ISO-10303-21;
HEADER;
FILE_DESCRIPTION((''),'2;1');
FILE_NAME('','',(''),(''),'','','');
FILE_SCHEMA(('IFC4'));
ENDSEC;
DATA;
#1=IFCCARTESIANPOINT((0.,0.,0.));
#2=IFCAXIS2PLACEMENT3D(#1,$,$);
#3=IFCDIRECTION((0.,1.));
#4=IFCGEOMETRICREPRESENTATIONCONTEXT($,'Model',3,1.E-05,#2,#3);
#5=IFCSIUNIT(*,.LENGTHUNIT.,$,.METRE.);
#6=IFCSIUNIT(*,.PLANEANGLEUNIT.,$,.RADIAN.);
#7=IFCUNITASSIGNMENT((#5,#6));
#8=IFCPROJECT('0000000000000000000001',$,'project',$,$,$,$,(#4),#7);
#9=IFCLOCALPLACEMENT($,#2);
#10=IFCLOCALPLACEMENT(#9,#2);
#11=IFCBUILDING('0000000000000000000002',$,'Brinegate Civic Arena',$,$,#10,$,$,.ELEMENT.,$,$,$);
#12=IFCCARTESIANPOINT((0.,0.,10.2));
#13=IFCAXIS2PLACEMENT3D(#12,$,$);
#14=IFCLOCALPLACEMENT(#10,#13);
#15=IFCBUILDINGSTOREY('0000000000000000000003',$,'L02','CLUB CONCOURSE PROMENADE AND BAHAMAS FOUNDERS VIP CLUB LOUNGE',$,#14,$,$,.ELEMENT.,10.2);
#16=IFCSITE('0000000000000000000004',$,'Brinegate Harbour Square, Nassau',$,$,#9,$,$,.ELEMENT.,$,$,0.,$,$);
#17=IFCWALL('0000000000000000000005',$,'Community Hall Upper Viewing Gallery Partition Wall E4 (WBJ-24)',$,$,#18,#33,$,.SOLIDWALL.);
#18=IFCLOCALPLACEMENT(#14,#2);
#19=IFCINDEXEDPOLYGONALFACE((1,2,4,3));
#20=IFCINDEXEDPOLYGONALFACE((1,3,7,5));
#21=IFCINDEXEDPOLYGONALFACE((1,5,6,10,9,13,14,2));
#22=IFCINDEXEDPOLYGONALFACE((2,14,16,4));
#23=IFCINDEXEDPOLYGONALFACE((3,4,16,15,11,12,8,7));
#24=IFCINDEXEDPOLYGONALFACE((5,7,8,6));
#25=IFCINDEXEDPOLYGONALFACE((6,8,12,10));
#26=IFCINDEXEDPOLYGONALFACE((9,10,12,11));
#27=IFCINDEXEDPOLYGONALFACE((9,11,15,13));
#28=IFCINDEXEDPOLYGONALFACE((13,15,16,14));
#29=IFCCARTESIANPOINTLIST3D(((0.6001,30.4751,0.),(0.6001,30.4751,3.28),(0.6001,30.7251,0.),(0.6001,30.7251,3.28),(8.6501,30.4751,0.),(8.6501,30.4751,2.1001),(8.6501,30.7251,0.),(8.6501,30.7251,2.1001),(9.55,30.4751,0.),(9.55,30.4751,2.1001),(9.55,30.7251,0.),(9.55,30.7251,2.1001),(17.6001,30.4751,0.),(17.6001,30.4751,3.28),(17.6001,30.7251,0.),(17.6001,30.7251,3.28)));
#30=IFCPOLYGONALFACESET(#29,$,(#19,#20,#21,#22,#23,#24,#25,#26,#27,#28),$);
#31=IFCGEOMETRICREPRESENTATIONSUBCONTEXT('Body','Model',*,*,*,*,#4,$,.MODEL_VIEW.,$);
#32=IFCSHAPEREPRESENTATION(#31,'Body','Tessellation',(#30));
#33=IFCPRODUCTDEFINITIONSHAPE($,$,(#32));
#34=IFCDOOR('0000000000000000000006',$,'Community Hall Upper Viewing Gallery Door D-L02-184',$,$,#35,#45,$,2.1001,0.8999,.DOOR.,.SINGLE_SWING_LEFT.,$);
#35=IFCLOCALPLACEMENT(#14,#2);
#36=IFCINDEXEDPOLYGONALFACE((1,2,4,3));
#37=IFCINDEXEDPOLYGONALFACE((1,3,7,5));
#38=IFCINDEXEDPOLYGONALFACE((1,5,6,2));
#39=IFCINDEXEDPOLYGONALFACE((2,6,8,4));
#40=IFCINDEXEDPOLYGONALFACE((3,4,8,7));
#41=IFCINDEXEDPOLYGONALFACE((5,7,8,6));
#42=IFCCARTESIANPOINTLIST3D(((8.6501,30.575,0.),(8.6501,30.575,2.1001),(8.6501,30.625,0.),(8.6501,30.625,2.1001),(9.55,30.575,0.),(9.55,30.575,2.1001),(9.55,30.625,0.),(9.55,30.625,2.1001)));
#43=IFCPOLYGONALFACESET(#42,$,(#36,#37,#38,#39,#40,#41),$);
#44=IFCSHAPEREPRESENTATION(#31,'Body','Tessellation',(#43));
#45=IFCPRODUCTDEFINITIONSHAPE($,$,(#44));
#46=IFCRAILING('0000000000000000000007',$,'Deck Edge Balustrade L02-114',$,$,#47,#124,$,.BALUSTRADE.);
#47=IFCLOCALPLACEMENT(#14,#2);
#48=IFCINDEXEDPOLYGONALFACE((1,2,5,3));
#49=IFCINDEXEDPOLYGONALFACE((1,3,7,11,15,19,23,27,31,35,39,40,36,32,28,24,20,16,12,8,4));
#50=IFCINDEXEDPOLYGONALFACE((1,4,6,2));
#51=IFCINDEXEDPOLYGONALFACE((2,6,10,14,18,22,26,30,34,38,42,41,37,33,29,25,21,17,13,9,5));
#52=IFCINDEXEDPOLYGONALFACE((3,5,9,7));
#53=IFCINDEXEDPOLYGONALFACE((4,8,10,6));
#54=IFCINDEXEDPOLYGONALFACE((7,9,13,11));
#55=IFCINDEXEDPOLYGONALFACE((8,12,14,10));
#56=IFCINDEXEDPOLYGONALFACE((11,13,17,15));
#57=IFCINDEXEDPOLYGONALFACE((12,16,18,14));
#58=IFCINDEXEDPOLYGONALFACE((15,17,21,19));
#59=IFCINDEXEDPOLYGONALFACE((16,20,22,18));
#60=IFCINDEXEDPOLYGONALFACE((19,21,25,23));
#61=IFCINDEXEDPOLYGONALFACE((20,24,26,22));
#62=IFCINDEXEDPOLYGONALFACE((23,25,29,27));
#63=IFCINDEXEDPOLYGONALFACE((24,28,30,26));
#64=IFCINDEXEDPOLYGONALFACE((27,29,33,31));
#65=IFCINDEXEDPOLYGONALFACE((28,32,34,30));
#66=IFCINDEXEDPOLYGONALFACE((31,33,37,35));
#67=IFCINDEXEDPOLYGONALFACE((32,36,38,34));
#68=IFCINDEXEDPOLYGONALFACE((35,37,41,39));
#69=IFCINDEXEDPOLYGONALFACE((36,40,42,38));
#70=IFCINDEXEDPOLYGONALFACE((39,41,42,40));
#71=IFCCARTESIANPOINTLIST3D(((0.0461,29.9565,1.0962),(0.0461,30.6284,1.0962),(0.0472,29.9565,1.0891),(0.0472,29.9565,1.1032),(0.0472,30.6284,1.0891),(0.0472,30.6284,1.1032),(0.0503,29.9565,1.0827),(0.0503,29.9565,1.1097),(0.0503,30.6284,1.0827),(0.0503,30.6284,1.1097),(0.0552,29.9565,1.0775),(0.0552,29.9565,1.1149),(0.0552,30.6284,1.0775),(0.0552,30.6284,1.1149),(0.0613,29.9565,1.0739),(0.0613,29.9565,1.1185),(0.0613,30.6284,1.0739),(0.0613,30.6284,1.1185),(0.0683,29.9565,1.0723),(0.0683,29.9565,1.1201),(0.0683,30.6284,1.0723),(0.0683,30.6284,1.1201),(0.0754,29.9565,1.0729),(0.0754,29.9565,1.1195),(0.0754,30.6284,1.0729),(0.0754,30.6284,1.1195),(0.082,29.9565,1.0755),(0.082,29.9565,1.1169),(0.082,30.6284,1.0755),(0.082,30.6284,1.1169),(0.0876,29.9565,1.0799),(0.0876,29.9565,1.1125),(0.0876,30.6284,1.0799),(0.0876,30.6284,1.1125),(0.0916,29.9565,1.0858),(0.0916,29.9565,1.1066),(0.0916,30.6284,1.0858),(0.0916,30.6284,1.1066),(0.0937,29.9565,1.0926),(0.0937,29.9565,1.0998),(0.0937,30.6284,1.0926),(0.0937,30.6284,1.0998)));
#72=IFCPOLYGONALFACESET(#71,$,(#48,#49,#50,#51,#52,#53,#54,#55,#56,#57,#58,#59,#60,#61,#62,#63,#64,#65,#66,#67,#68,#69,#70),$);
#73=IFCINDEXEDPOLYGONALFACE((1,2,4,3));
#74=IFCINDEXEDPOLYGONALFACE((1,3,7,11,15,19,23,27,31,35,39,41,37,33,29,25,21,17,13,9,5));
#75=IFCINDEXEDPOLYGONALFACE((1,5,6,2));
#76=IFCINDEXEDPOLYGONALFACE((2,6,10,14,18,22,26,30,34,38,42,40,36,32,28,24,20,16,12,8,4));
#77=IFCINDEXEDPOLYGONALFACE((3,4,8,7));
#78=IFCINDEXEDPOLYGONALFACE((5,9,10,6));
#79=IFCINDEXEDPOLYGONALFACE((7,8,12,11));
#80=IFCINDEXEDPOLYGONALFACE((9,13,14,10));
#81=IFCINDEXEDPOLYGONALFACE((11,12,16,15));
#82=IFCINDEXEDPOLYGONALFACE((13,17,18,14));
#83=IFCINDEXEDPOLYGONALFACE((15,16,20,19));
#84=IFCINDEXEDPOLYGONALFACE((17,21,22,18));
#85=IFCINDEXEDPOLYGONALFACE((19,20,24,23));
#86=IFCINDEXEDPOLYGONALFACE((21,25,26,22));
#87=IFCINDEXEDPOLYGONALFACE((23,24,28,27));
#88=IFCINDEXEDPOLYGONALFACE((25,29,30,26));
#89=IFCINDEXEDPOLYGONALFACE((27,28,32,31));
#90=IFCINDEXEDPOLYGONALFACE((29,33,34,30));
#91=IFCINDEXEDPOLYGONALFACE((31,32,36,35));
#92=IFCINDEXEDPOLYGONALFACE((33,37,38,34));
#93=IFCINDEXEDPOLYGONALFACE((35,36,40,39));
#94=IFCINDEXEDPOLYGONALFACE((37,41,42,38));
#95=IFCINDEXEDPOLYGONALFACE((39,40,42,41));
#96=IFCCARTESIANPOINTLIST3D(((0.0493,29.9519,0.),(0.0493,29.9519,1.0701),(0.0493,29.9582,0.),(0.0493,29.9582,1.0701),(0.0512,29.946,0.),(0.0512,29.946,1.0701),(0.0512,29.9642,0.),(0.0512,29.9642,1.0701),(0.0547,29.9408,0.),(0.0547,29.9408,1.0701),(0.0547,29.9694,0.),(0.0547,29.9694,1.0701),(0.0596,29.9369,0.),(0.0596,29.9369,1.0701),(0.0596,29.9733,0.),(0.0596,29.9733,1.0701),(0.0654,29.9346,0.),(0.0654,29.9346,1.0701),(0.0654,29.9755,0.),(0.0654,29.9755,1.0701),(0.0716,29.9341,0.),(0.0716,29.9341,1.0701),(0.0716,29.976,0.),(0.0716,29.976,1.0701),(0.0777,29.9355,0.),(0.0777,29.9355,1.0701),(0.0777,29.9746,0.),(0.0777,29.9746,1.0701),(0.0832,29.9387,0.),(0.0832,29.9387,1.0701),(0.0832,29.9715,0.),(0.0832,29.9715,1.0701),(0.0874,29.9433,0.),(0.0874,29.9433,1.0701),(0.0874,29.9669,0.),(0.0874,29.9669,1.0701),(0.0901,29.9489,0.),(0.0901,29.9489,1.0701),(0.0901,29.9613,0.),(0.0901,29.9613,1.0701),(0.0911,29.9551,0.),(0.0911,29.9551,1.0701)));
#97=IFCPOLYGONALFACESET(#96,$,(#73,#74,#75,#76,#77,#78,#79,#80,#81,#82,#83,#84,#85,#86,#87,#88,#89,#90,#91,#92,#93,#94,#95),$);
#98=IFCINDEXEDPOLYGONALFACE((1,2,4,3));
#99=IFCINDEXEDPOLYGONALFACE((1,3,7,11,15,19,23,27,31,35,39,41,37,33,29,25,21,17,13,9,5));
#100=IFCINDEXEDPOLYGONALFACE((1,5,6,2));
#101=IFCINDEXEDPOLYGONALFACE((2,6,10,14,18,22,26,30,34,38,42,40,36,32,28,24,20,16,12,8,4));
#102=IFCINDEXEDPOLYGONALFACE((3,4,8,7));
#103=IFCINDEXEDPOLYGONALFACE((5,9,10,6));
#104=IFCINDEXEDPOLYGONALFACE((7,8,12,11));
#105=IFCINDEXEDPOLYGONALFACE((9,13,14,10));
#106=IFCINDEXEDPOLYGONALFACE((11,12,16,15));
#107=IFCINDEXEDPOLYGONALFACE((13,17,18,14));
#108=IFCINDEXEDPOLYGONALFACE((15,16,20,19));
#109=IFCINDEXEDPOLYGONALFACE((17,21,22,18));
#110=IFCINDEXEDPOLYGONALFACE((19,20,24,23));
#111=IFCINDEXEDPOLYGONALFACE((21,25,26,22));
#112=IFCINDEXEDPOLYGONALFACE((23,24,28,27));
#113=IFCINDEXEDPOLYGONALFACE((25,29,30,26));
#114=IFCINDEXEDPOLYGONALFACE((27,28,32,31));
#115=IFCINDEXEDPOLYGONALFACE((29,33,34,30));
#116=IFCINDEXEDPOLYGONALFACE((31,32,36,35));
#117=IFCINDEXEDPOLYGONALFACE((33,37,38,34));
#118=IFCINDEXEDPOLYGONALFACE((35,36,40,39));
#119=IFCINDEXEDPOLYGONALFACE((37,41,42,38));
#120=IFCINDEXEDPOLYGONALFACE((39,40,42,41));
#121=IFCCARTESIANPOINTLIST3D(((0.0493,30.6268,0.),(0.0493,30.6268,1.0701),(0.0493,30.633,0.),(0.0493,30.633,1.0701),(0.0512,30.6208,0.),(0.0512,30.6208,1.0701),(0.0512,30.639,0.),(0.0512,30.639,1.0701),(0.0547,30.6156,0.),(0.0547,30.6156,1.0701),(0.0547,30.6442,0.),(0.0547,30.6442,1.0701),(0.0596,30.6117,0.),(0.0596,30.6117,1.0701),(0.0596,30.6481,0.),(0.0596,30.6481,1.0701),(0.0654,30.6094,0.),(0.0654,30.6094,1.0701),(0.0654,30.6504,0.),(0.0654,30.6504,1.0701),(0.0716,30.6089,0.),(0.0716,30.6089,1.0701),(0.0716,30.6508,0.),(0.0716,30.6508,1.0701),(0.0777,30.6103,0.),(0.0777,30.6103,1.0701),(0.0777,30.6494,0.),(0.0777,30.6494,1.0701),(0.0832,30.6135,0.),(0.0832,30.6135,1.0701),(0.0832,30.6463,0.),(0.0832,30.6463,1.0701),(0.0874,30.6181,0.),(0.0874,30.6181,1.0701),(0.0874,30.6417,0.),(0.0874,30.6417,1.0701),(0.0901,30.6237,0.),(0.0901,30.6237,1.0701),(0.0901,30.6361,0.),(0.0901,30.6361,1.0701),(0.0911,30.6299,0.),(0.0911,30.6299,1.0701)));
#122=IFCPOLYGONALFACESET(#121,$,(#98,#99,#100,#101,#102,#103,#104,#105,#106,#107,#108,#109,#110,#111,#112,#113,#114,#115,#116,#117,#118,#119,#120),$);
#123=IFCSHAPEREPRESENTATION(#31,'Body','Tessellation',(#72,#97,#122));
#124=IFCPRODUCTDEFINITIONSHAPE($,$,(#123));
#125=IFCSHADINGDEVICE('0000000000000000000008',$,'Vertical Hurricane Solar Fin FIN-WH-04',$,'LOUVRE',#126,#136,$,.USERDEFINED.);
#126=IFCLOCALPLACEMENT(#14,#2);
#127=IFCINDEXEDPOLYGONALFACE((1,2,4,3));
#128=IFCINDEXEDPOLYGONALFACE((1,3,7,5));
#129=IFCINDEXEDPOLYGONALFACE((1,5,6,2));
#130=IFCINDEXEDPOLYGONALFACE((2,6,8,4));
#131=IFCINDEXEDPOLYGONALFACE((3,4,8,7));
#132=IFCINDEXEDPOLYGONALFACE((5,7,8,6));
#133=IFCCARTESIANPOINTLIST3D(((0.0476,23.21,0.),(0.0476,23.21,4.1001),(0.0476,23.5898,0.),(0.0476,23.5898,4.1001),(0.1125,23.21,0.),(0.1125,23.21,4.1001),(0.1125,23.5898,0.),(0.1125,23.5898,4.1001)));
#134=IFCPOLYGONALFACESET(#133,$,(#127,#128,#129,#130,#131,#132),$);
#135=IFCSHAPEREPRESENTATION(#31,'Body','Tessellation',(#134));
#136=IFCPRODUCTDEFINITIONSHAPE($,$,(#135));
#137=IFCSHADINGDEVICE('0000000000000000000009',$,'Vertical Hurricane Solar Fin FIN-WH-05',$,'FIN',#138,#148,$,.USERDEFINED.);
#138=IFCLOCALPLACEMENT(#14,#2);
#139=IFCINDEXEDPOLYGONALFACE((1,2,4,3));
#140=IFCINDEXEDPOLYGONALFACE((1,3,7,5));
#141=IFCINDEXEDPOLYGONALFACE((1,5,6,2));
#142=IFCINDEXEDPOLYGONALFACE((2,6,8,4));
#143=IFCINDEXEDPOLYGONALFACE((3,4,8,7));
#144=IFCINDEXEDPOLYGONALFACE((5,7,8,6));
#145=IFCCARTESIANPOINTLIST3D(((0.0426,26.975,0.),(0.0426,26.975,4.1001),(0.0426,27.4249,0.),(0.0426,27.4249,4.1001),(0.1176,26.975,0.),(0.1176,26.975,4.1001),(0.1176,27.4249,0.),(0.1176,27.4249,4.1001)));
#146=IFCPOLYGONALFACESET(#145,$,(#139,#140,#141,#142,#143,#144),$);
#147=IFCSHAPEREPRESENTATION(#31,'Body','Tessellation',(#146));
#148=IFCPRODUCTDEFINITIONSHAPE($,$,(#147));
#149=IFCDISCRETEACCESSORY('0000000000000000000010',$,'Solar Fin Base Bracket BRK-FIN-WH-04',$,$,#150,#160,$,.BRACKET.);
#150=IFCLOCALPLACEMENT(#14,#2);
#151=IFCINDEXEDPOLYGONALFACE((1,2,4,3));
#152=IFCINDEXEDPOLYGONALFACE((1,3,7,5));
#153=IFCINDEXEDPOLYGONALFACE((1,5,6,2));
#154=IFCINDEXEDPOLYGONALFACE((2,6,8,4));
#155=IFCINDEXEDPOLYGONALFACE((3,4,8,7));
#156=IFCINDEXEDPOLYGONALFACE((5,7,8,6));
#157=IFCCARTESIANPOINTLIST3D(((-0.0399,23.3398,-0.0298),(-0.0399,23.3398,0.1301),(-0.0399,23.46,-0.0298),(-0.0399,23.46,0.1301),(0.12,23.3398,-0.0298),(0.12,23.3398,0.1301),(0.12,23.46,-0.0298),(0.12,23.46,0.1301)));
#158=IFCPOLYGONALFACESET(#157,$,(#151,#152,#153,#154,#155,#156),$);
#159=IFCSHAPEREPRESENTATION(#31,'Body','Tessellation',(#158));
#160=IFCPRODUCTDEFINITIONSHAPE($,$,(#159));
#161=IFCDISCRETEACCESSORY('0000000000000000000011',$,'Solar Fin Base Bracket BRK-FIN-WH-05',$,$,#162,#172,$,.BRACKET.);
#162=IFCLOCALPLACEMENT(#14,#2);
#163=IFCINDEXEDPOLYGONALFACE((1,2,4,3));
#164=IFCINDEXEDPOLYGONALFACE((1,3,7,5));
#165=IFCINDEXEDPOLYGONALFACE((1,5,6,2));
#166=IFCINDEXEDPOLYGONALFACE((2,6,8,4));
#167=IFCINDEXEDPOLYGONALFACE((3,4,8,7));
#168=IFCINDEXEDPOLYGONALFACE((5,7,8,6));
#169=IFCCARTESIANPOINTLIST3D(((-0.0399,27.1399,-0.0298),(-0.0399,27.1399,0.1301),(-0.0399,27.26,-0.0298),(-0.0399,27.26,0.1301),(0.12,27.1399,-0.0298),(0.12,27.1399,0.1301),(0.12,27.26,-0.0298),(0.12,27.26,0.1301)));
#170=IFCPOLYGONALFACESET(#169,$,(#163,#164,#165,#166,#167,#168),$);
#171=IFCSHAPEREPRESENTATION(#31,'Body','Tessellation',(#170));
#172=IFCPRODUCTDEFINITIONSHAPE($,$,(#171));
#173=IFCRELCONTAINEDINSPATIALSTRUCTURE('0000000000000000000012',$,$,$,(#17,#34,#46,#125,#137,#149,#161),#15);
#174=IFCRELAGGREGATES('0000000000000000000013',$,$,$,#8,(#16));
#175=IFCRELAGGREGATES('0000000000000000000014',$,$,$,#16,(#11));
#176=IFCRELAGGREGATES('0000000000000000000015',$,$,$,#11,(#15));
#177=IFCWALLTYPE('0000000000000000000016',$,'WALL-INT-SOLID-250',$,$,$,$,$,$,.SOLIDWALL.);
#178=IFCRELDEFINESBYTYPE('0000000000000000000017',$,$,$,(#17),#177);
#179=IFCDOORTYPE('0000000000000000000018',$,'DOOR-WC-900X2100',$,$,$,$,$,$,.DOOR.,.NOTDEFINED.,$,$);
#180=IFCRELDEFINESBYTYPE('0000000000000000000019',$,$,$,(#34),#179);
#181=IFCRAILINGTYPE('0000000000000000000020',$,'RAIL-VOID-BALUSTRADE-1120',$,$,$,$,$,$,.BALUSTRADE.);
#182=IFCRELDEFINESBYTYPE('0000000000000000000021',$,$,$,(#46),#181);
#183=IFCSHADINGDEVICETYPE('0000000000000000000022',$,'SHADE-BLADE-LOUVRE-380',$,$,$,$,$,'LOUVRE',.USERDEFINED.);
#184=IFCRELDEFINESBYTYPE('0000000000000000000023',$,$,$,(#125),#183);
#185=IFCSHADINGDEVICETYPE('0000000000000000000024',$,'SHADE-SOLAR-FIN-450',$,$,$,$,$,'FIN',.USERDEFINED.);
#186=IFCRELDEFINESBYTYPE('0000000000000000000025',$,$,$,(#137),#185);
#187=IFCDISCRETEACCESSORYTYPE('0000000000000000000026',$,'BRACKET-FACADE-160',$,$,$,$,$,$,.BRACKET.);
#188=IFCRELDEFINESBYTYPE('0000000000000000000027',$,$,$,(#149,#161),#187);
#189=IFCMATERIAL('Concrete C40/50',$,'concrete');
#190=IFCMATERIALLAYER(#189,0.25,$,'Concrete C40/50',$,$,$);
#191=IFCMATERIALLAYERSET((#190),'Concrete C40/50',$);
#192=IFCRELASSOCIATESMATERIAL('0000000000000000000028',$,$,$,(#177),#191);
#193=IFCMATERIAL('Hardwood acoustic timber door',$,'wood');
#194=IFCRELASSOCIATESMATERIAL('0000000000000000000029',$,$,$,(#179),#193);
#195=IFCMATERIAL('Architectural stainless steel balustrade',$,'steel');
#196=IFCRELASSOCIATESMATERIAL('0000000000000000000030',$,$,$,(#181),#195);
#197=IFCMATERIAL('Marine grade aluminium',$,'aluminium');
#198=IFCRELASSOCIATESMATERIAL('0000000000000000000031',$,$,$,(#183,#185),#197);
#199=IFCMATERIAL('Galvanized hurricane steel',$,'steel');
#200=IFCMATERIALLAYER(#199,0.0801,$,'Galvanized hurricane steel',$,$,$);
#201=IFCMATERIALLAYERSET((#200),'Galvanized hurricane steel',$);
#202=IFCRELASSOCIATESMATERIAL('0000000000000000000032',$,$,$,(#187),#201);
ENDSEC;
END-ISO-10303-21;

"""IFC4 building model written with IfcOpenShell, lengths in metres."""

from ifc_helpers import new_model, si_unit, direction, frame, frame_2d, origin, origin_2d, place, context, subcontext, project, spatial, rectangle, circle, extrude, material, layer, layer_set, material_profile, profile_set, type_object, element, fill, save


model = new_model("IFC4")

# Units and contexts
model_context = context("Model", 3, precision=1e-05, world=origin(), true_north=direction((0.0, 1.0)))
body_context = subcontext(model_context, "Body", "Model", "MODEL_VIEW")
ifc_project = project(units=[si_unit("LENGTHUNIT", "METRE"), si_unit("PLANEANGLEUNIT", "RADIAN")], contexts=[model_context])

# Site, building, storey
site_placement = place(None, origin())
site = spatial("IfcSite", under=ifc_project, at=site_placement, Name="Brinegate Harbour Square, Nassau", CompositionType="ELEMENT", RefElevation=0.0)
building_placement = place(site_placement, origin())
building = spatial("IfcBuilding", under=site, at=building_placement, Name="Brinegate Civic Arena", CompositionType="ELEMENT")
storey_placement = place(building_placement, frame((0.0, 0.0, 10.2)))
storey = spatial("IfcBuildingStorey", under=building, at=storey_placement, Name="L02", Description="CLUB CONCOURSE PROMENADE AND BAHAMAS FOUNDERS VIP CLUB LOUNGE", CompositionType="ELEMENT", Elevation=10.2)

# Shared definitions
ifc_material_1 = material(Name="Marine grade aluminium", Category="aluminium")

# Wall, opening, door
ifc_material_2 = material(Name="Concrete C40/50", Category="concrete")
ifc_layer_1 = layer(ifc_material_2, 0.25, Name="Concrete C40/50")
ifc_layer_set_1 = layer_set([ifc_layer_1], Name="Concrete C40/50")
wall_type = type_object("IfcWallType", Name="WALL-INT-SOLID-250", PredefinedType="SOLIDWALL", material=ifc_layer_set_1)
wall_placement = place(storey_placement, frame((0.6001, 30.6001, 0.0), z_axis=(0.0, 0.0, 1.0), x_axis=(1.0, 0.0, 0.0)))
wall = element("IfcWall", 1, at=wall_placement, inside=storey, type_object=wall_type, Name="Community Hall Upper Viewing Gallery Partition Wall E4 (WBJ-24)", PredefinedType="SOLIDWALL", context=body_context, shape_type="SweptSolid", body=[
    extrude(rectangle(XDim=17.0, YDim=0.25, at=frame_2d((8.5, 0.0))), origin(), (0.0, 0.0, 1.0), 3.28),
])
opening_placement = place(wall_placement, frame((8.05, 0.0, 0.0)))
opening = element("IfcOpeningElement", 2, at=opening_placement, cuts=wall, PredefinedType="OPENING", context=body_context, shape_type="SweptSolid", body=[
    extrude(rectangle(XDim=0.8999, YDim=2.1001, at=frame_2d((0.45, 1.05))), frame((0.0, 0.135, 0.0), z_axis=(0.0, -1.0, 0.0), x_axis=(1.0, 0.0, 0.0)), (0.0, 0.0, 1.0), 0.27),
])
ifc_material_3 = material(Name="Hardwood acoustic timber door", Category="wood")
door_type = type_object("IfcDoorType", Name="DOOR-WC-900X2100", OperationType="NOTDEFINED", PredefinedType="DOOR", material=ifc_material_3)
door_placement = place(opening_placement, origin())
door = element("IfcDoor", 3, at=door_placement, inside=storey, type_object=door_type, Name="Community Hall Upper Viewing Gallery Door D-L02-184", OperationType="SINGLE_SWING_LEFT", OverallHeight=2.1001, OverallWidth=0.8999, PredefinedType="DOOR", context=body_context, shape_type="SweptSolid", body=[
    extrude(rectangle(XDim=0.8999, YDim=2.1001, at=frame_2d((0.45, 1.05))), frame((0.0, 0.0249, 0.0), z_axis=(0.0, -1.0, 0.0), x_axis=(1.0, 0.0, 0.0)), (0.0, 0.0, 1.0), 0.05),
])
fill(opening, door)

# Railing
ifc_material_4 = material(Name="Architectural stainless steel balustrade", Category="steel")
railing_type = type_object("IfcRailingType", Name="RAIL-VOID-BALUSTRADE-1120", PredefinedType="BALUSTRADE", material=ifc_material_4)
railing_placement = place(storey_placement, frame((0.0701, 29.9551, 0.0)))
element("IfcRailing", 4, at=railing_placement, inside=storey, type_object=railing_type, Name="Deck Edge Balustrade L02-114", PredefinedType="BALUSTRADE", context=body_context, shape_type="SweptSolid", body=[
    extrude(circle(Radius=0.0239, at=origin_2d()), frame((0.0, 0.0015, 1.0962), z_axis=(0.0, 1.0, 0.0), x_axis=(-1.0, 0.0, 0.0)), (0.0, 0.0, 1.0), 0.6719),
    extrude(circle(Radius=0.021, at=origin_2d()), origin(), (0.0, 0.0, 1.0), 1.0701),
    extrude(circle(Radius=0.021, at=origin_2d()), frame((0.0, 0.6748, 0.0)), (0.0, 0.0, 1.0), 1.0701),
])

# Shading devices
ifc_material_profile_1 = material_profile(ifc_material_1, rectangle(XDim=0.0649, YDim=0.3799, at=origin_2d()), Name="FIN65X380")
ifc_profile_set_1 = profile_set([ifc_material_profile_1], Name="Marine grade aluminium")
shading_device_type_1 = type_object("IfcShadingDeviceType", Name="SHADE-BLADE-LOUVRE-380", ElementType="LOUVRE", PredefinedType="USERDEFINED", material=ifc_profile_set_1)
shading_device_1_placement = place(storey_placement, frame((0.0801, 23.3999, 0.0), z_axis=(0.0, 0.0, 1.0), x_axis=(1.0, 0.0, 0.0)))
element("IfcShadingDevice", 5, at=shading_device_1_placement, inside=storey, type_object=shading_device_type_1, Name="Vertical Hurricane Solar Fin FIN-WH-04", ObjectType="LOUVRE", PredefinedType="USERDEFINED", context=body_context, shape_type="SweptSolid", body=[
    extrude(rectangle(XDim=0.0649, YDim=0.3799, at=origin_2d()), origin(), (0.0, 0.0, 1.0), 4.1001),
])
ifc_material_profile_2 = material_profile(ifc_material_1, rectangle(XDim=0.075, YDim=0.45, at=origin_2d()), Name="FIN75X450")
ifc_profile_set_2 = profile_set([ifc_material_profile_2], Name="Marine grade aluminium")
shading_device_type_2 = type_object("IfcShadingDeviceType", Name="SHADE-SOLAR-FIN-450", ElementType="FIN", PredefinedType="USERDEFINED", material=ifc_profile_set_2)
shading_device_2_placement = place(storey_placement, frame((0.0801, 27.2, 0.0), z_axis=(0.0, 0.0, 1.0), x_axis=(1.0, 0.0, 0.0)))
element("IfcShadingDevice", 6, at=shading_device_2_placement, inside=storey, type_object=shading_device_type_2, Name="Vertical Hurricane Solar Fin FIN-WH-05", ObjectType="FIN", PredefinedType="USERDEFINED", context=body_context, shape_type="SweptSolid", body=[
    extrude(rectangle(XDim=0.075, YDim=0.45, at=origin_2d()), origin(), (0.0, 0.0, 1.0), 4.1001),
])

# Discrete accessories
ifc_material_5 = material(Name="Galvanized hurricane steel", Category="steel")
ifc_layer_2 = layer(ifc_material_5, 0.0801, Name="Galvanized hurricane steel")
ifc_layer_set_2 = layer_set([ifc_layer_2], Name="Galvanized hurricane steel")
discrete_accessory_type = type_object("IfcDiscreteAccessoryType", Name="BRACKET-FACADE-160", PredefinedType="BRACKET", material=ifc_layer_set_2)
for number, where, z_axis, x_axis, name in (
    (7, (0.04, 23.3999, -0.0298), (0.0, 0.0, 1.0), (1.0, 0.0, 0.0), "Solar Fin Base Bracket BRK-FIN-WH-04"),
    (8, (0.04, 27.2, -0.0298), (0.0, 0.0, 1.0), (1.0, 0.0, 0.0), "Solar Fin Base Bracket BRK-FIN-WH-05"),
):
    element("IfcDiscreteAccessory", number, at=place(storey_placement, frame(where, z_axis=z_axis, x_axis=x_axis)), inside=storey, type_object=discrete_accessory_type, Name=name, PredefinedType="BRACKET", context=body_context, shape_type="SweptSolid", body=[
        extrude(rectangle(XDim=0.1599, YDim=0.1201, at=origin_2d()), origin(), (0.0, 0.0, 1.0), 0.1599),
    ])

save(model, "model.ifc")
